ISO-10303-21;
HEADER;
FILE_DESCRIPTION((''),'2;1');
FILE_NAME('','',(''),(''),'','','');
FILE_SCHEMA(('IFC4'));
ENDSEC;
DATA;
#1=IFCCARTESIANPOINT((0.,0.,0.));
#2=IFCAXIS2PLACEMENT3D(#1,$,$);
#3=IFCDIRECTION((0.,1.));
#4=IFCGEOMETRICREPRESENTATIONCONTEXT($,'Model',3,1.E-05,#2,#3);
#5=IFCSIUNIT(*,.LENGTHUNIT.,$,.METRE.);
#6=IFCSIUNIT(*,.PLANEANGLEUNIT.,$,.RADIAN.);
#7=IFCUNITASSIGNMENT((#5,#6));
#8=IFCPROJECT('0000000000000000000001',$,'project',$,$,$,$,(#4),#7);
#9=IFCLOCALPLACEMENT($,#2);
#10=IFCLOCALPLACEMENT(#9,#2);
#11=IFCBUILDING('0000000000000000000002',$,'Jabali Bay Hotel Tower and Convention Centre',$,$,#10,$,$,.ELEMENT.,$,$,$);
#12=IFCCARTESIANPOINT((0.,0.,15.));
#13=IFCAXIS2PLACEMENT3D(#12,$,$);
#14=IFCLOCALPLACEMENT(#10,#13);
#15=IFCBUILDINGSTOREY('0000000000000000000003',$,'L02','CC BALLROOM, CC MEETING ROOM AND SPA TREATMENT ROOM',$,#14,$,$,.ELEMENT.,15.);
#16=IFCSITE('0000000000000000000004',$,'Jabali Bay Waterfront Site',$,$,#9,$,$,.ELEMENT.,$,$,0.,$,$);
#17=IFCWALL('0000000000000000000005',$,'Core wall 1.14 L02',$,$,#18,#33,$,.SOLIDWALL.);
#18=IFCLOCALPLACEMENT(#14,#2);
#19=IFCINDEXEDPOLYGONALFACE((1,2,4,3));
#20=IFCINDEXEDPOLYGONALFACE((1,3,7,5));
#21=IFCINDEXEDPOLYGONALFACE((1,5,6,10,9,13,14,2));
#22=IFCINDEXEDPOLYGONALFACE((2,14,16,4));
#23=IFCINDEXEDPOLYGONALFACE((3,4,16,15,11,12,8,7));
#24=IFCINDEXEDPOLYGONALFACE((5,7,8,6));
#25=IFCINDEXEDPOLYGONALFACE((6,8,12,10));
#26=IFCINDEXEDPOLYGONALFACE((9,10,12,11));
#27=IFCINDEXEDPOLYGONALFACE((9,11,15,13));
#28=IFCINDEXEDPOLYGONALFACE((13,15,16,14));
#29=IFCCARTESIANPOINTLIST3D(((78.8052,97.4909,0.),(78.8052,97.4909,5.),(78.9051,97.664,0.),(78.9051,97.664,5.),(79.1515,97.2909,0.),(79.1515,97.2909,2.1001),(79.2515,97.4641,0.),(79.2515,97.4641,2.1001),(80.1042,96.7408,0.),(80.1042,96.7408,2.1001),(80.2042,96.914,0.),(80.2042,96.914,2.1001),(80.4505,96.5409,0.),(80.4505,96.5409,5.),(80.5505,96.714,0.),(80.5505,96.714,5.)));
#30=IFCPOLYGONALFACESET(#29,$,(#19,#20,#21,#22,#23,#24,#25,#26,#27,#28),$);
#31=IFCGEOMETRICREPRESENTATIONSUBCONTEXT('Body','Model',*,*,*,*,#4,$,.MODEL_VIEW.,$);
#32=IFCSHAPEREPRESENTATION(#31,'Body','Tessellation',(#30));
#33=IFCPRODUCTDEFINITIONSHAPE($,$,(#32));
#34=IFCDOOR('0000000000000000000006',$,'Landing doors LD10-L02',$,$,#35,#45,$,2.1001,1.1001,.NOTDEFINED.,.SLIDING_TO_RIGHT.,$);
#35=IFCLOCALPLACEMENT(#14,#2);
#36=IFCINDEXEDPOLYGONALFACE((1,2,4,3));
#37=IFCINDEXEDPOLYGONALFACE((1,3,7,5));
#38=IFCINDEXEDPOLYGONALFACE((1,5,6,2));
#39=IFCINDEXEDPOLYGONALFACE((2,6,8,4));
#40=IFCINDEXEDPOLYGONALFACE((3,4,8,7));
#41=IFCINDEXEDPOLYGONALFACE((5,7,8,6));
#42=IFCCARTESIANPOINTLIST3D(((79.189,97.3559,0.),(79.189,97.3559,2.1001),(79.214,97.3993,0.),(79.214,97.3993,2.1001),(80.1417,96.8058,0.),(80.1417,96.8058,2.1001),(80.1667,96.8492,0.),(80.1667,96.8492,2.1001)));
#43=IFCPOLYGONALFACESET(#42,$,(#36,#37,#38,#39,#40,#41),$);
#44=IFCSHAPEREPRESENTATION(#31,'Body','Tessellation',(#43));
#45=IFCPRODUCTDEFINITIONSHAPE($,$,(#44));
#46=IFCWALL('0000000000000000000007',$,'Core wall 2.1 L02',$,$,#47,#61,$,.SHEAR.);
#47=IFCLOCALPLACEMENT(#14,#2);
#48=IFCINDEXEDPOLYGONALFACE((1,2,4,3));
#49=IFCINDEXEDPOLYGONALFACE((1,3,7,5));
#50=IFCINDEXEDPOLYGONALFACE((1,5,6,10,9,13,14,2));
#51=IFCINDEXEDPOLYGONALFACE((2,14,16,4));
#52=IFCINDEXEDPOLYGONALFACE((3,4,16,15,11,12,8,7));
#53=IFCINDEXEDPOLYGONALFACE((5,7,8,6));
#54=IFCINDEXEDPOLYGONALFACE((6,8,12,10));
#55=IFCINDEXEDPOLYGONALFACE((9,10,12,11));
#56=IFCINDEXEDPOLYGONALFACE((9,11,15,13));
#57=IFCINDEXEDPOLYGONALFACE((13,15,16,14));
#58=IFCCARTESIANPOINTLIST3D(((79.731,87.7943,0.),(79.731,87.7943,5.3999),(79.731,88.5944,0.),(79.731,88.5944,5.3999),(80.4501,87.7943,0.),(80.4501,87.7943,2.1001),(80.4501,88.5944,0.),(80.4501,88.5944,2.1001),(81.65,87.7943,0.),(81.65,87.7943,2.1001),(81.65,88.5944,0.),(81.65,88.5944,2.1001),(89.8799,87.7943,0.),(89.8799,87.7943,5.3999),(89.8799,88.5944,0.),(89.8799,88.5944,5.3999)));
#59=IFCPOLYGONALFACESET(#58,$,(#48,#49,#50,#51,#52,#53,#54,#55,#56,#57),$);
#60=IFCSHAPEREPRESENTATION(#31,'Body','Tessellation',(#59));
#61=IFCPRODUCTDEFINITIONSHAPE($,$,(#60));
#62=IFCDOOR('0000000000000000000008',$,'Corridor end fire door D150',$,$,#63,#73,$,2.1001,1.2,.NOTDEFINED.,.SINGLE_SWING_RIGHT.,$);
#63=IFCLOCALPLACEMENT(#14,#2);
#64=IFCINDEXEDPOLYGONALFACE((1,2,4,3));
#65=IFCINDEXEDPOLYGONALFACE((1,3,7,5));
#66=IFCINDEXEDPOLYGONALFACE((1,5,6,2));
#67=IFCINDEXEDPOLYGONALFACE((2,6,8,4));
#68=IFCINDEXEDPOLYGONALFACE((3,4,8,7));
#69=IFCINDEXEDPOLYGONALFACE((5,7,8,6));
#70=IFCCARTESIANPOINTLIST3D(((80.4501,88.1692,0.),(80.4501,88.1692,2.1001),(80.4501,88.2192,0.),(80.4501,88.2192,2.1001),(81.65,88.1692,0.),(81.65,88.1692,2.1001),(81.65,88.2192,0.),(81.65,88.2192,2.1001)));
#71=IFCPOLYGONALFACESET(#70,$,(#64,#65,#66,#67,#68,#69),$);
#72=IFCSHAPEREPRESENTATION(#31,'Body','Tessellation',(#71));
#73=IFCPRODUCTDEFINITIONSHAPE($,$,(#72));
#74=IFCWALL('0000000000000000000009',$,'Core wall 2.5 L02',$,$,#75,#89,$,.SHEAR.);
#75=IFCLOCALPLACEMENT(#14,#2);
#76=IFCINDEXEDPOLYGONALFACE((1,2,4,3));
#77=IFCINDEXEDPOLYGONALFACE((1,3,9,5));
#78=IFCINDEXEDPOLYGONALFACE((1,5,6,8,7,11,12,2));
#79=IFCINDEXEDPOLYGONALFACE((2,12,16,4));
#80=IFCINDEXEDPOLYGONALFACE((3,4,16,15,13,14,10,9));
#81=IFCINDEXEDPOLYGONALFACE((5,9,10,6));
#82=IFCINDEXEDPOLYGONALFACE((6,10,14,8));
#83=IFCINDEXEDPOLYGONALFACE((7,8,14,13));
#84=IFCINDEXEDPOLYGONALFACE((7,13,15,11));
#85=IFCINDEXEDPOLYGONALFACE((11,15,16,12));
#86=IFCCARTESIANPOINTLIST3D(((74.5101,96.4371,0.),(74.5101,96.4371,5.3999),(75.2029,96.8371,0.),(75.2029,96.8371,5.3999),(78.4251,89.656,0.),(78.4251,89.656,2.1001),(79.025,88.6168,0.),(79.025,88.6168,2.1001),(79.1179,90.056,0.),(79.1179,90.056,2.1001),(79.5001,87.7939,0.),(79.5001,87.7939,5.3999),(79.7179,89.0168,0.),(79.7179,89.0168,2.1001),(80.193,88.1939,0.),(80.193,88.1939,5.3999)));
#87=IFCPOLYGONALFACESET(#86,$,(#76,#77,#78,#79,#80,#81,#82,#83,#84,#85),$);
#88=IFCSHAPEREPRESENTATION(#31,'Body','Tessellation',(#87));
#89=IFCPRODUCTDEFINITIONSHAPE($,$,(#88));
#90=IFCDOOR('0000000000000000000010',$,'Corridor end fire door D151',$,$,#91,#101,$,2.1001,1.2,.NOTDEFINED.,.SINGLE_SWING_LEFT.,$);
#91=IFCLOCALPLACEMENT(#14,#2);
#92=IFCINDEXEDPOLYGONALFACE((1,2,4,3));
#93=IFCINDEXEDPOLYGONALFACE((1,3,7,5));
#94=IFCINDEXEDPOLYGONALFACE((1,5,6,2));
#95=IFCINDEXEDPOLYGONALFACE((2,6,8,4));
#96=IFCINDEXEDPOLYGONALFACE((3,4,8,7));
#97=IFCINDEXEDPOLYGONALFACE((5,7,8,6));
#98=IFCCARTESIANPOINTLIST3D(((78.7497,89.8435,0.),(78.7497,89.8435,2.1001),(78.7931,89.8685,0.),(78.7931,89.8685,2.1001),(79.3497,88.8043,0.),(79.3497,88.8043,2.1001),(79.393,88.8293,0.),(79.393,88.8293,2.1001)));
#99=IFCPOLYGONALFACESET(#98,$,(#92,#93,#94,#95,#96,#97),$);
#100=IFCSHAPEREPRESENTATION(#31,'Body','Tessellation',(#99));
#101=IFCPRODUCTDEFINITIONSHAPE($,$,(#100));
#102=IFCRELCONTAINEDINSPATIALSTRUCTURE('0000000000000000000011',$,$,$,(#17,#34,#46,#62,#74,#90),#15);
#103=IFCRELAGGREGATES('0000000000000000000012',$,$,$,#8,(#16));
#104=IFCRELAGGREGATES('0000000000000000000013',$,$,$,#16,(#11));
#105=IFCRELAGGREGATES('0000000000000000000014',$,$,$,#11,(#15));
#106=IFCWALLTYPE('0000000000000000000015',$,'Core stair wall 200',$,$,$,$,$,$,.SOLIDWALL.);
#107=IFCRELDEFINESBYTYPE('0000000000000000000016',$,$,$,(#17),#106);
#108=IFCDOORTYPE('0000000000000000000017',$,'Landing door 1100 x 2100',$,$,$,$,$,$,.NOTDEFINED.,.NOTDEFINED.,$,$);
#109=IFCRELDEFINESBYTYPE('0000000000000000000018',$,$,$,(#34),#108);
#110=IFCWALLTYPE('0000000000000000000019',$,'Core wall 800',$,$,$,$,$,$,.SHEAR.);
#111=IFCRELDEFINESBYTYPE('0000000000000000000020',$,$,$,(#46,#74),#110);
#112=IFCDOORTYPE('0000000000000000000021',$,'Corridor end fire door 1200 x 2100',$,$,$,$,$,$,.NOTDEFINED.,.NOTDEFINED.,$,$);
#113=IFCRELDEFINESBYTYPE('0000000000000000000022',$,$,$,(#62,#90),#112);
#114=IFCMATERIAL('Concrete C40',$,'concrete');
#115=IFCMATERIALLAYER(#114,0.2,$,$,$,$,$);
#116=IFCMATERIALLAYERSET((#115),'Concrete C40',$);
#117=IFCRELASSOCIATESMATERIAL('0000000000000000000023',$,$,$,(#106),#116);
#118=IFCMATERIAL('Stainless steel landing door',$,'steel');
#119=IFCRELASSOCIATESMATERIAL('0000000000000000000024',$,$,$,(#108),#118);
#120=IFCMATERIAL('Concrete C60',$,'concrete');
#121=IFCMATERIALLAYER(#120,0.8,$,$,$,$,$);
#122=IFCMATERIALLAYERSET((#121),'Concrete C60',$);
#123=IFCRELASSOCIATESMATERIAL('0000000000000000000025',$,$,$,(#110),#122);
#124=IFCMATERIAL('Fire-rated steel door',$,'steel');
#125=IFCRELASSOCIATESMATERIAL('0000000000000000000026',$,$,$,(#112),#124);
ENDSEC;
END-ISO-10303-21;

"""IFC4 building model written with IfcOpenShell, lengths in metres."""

from ifc_helpers import new_model, si_unit, direction, frame, frame_2d, origin, place, context, subcontext, project, spatial, rectangle, extrude, material, layer, layer_set, type_object, element, fill, save


model = new_model("IFC4")

# Units and contexts
model_context = context("Model", 3, precision=1e-05, world=origin(), true_north=direction((0.0, 1.0)))
body_context = subcontext(model_context, "Body", "Model", "MODEL_VIEW")
ifc_project = project(units=[si_unit("LENGTHUNIT", "METRE"), si_unit("PLANEANGLEUNIT", "RADIAN")], contexts=[model_context])

# Site, building, storey
site_placement = place(None, origin())
site = spatial("IfcSite", under=ifc_project, at=site_placement, Name="Jabali Bay Waterfront Site", CompositionType="ELEMENT", RefElevation=0.0)
building_placement = place(site_placement, origin())
building = spatial("IfcBuilding", under=site, at=building_placement, Name="Jabali Bay Hotel Tower and Convention Centre", CompositionType="ELEMENT")
storey_placement = place(building_placement, frame((0.0, 0.0, 15.0)))
storey = spatial("IfcBuildingStorey", under=building, at=storey_placement, Name="L02", Description="CC BALLROOM, CC MEETING ROOM AND SPA TREATMENT ROOM", CompositionType="ELEMENT", Elevation=15.0)

# Shared definitions
ifc_material_1 = material(Name="Concrete C60", Category="concrete")

# Shared definitions
ifc_material_2 = material(Name="Concrete C40", Category="concrete")
ifc_material_3 = material(Name="Fire-rated steel door", Category="steel")

# Shared definitions
ifc_layer_1 = layer(ifc_material_2, 0.2)
ifc_layer_set_1 = layer_set([ifc_layer_1], Name="Concrete C40")
wall_type_1 = type_object("IfcWallType", Name="Core stair wall 200", PredefinedType="SOLIDWALL", material=ifc_layer_set_1)

# Walls, openings, doors
wall_1_placement = place(storey_placement, frame((80.5005, 96.6274, 0.0), z_axis=(0.0, 0.0, 1.0), x_axis=(-0.866012, 0.500023, 0.0)))
wall_1 = element("IfcWall", 1, at=wall_1_placement, inside=storey, type_object=wall_type_1, Name="Core wall 1.14 L02", PredefinedType="SOLIDWALL", context=body_context, shape_type="SweptSolid", body=[
    extrude(rectangle(XDim=1.8999, YDim=0.2, at=frame_2d((0.95, 0.0))), origin(), (0.0, 0.0, 1.0), 5.0),
])
opening_1_placement = place(wall_1_placement, frame((0.3999, 0.0, 0.0)))
opening_1 = element("IfcOpeningElement", 2, at=opening_1_placement, cuts=wall_1, PredefinedType="OPENING", context=body_context, shape_type="SweptSolid", body=[
    extrude(rectangle(XDim=1.1001, YDim=2.1001, at=frame_2d((0.55, 1.05))), frame((0.0, 0.1104, 0.0), z_axis=(0.0, -1.0, 0.0), x_axis=(1.0, 0.0, 0.0)), (0.0, 0.0, 1.0), 0.2209),
])
ifc_material_4 = material(Name="Stainless steel landing door", Category="steel")
door_type_1 = type_object("IfcDoorType", Name="Landing door 1100 x 2100", OperationType="NOTDEFINED", PredefinedType="NOTDEFINED", material=ifc_material_4)
door_1_placement = place(opening_1_placement, origin())
door_1 = element("IfcDoor", 3, at=door_1_placement, inside=storey, type_object=door_type_1, Name="Landing doors LD10-L02", OperationType="SLIDING_TO_RIGHT", OverallHeight=2.1001, OverallWidth=1.1001, PredefinedType="NOTDEFINED", context=body_context, shape_type="SweptSolid", body=[
    extrude(rectangle(XDim=1.1001, YDim=2.1001, at=frame_2d((0.55, 1.05))), frame((0.0, 0.0249, 0.0), z_axis=(0.0, -1.0, 0.0), x_axis=(1.0, 0.0, 0.0)), (0.0, 0.0, 1.0), 0.05),
])
fill(opening_1, door_1)
ifc_layer_2 = layer(ifc_material_1, 0.8)
ifc_layer_set_2 = layer_set([ifc_layer_2], Name="Concrete C60")
wall_type_2 = type_object("IfcWallType", Name="Core wall 800", PredefinedType="SHEAR", material=ifc_layer_set_2)
wall_2_placement = place(storey_placement, frame((79.731, 88.1943, 0.0), z_axis=(0.0, 0.0, 1.0), x_axis=(1.0, 0.0, 0.0)))
wall_2 = element("IfcWall", 4, at=wall_2_placement, inside=storey, type_object=wall_type_2, Name="Core wall 2.1 L02", PredefinedType="SHEAR", context=body_context, shape_type="SweptSolid", body=[
    extrude(rectangle(XDim=10.1489, YDim=0.8, at=frame_2d((5.0745, 0.0))), origin(), (0.0, 0.0, 1.0), 5.3999),
])
opening_2_placement = place(wall_2_placement, frame((0.719, 0.0, 0.0)))
opening_2 = element("IfcOpeningElement", 5, at=opening_2_placement, cuts=wall_2, PredefinedType="OPENING", context=body_context, shape_type="SweptSolid", body=[
    extrude(rectangle(XDim=1.2, YDim=2.1001, at=frame_2d((0.6001, 1.05))), frame((0.0, 0.4106, 0.0), z_axis=(0.0, -1.0, 0.0), x_axis=(1.0, 0.0, 0.0)), (0.0, 0.0, 1.0), 0.821),
])
door_type_2 = type_object("IfcDoorType", Name="Corridor end fire door 1200 x 2100", OperationType="NOTDEFINED", PredefinedType="NOTDEFINED", material=ifc_material_3)
door_2_placement = place(opening_2_placement, origin())
door_2 = element("IfcDoor", 6, at=door_2_placement, inside=storey, type_object=door_type_2, Name="Corridor end fire door D150", OperationType="SINGLE_SWING_RIGHT", OverallHeight=2.1001, OverallWidth=1.2, PredefinedType="NOTDEFINED", context=body_context, shape_type="SweptSolid", body=[
    extrude(rectangle(XDim=1.2, YDim=2.1001, at=frame_2d((0.6001, 1.05))), frame((0.0, 0.0249, 0.0), z_axis=(0.0, -1.0, 0.0), x_axis=(1.0, 0.0, 0.0)), (0.0, 0.0, 1.0), 0.05),
])
fill(opening_2, door_2)
wall_3_placement = place(storey_placement, frame((74.8564, 96.6372, 0.0), z_axis=(0.0, 0.0, 1.0), x_axis=(0.499994, -0.866029, 0.0)))
wall_3 = element("IfcWall", 7, at=wall_3_placement, inside=storey, type_object=wall_type_2, Name="Core wall 2.5 L02", PredefinedType="SHEAR", context=body_context, shape_type="SweptSolid", body=[
    extrude(rectangle(XDim=9.9802, YDim=0.8, at=frame_2d((4.9902, 0.0))), origin(), (0.0, 0.0, 1.0), 5.3999),
])
opening_3_placement = place(wall_3_placement, frame((7.8301, 0.0, 0.0)))
opening_3 = element("IfcOpeningElement", 8, at=opening_3_placement, cuts=wall_3, PredefinedType="OPENING", context=body_context, shape_type="SweptSolid", body=[
    extrude(rectangle(XDim=1.2, YDim=2.1001, at=frame_2d((0.6001, 1.05))), frame((0.0, 0.4106, 0.0), z_axis=(0.0, -1.0, 0.0), x_axis=(1.0, 0.0, 0.0)), (0.0, 0.0, 1.0), 0.821),
])
door_3_placement = place(opening_3_placement, origin())
door_3 = element("IfcDoor", 9, at=door_3_placement, inside=storey, type_object=door_type_2, Name="Corridor end fire door D151", OperationType="SINGLE_SWING_LEFT", OverallHeight=2.1001, OverallWidth=1.2, PredefinedType="NOTDEFINED", context=body_context, shape_type="SweptSolid", body=[
    extrude(rectangle(XDim=1.2, YDim=2.1001, at=frame_2d((0.6001, 1.05))), frame((0.0, 0.0249, 0.0), z_axis=(0.0, -1.0, 0.0), x_axis=(1.0, 0.0, 0.0)), (0.0, 0.0, 1.0), 0.05),
])
fill(opening_3, door_3)

save(model, "model.ifc")
